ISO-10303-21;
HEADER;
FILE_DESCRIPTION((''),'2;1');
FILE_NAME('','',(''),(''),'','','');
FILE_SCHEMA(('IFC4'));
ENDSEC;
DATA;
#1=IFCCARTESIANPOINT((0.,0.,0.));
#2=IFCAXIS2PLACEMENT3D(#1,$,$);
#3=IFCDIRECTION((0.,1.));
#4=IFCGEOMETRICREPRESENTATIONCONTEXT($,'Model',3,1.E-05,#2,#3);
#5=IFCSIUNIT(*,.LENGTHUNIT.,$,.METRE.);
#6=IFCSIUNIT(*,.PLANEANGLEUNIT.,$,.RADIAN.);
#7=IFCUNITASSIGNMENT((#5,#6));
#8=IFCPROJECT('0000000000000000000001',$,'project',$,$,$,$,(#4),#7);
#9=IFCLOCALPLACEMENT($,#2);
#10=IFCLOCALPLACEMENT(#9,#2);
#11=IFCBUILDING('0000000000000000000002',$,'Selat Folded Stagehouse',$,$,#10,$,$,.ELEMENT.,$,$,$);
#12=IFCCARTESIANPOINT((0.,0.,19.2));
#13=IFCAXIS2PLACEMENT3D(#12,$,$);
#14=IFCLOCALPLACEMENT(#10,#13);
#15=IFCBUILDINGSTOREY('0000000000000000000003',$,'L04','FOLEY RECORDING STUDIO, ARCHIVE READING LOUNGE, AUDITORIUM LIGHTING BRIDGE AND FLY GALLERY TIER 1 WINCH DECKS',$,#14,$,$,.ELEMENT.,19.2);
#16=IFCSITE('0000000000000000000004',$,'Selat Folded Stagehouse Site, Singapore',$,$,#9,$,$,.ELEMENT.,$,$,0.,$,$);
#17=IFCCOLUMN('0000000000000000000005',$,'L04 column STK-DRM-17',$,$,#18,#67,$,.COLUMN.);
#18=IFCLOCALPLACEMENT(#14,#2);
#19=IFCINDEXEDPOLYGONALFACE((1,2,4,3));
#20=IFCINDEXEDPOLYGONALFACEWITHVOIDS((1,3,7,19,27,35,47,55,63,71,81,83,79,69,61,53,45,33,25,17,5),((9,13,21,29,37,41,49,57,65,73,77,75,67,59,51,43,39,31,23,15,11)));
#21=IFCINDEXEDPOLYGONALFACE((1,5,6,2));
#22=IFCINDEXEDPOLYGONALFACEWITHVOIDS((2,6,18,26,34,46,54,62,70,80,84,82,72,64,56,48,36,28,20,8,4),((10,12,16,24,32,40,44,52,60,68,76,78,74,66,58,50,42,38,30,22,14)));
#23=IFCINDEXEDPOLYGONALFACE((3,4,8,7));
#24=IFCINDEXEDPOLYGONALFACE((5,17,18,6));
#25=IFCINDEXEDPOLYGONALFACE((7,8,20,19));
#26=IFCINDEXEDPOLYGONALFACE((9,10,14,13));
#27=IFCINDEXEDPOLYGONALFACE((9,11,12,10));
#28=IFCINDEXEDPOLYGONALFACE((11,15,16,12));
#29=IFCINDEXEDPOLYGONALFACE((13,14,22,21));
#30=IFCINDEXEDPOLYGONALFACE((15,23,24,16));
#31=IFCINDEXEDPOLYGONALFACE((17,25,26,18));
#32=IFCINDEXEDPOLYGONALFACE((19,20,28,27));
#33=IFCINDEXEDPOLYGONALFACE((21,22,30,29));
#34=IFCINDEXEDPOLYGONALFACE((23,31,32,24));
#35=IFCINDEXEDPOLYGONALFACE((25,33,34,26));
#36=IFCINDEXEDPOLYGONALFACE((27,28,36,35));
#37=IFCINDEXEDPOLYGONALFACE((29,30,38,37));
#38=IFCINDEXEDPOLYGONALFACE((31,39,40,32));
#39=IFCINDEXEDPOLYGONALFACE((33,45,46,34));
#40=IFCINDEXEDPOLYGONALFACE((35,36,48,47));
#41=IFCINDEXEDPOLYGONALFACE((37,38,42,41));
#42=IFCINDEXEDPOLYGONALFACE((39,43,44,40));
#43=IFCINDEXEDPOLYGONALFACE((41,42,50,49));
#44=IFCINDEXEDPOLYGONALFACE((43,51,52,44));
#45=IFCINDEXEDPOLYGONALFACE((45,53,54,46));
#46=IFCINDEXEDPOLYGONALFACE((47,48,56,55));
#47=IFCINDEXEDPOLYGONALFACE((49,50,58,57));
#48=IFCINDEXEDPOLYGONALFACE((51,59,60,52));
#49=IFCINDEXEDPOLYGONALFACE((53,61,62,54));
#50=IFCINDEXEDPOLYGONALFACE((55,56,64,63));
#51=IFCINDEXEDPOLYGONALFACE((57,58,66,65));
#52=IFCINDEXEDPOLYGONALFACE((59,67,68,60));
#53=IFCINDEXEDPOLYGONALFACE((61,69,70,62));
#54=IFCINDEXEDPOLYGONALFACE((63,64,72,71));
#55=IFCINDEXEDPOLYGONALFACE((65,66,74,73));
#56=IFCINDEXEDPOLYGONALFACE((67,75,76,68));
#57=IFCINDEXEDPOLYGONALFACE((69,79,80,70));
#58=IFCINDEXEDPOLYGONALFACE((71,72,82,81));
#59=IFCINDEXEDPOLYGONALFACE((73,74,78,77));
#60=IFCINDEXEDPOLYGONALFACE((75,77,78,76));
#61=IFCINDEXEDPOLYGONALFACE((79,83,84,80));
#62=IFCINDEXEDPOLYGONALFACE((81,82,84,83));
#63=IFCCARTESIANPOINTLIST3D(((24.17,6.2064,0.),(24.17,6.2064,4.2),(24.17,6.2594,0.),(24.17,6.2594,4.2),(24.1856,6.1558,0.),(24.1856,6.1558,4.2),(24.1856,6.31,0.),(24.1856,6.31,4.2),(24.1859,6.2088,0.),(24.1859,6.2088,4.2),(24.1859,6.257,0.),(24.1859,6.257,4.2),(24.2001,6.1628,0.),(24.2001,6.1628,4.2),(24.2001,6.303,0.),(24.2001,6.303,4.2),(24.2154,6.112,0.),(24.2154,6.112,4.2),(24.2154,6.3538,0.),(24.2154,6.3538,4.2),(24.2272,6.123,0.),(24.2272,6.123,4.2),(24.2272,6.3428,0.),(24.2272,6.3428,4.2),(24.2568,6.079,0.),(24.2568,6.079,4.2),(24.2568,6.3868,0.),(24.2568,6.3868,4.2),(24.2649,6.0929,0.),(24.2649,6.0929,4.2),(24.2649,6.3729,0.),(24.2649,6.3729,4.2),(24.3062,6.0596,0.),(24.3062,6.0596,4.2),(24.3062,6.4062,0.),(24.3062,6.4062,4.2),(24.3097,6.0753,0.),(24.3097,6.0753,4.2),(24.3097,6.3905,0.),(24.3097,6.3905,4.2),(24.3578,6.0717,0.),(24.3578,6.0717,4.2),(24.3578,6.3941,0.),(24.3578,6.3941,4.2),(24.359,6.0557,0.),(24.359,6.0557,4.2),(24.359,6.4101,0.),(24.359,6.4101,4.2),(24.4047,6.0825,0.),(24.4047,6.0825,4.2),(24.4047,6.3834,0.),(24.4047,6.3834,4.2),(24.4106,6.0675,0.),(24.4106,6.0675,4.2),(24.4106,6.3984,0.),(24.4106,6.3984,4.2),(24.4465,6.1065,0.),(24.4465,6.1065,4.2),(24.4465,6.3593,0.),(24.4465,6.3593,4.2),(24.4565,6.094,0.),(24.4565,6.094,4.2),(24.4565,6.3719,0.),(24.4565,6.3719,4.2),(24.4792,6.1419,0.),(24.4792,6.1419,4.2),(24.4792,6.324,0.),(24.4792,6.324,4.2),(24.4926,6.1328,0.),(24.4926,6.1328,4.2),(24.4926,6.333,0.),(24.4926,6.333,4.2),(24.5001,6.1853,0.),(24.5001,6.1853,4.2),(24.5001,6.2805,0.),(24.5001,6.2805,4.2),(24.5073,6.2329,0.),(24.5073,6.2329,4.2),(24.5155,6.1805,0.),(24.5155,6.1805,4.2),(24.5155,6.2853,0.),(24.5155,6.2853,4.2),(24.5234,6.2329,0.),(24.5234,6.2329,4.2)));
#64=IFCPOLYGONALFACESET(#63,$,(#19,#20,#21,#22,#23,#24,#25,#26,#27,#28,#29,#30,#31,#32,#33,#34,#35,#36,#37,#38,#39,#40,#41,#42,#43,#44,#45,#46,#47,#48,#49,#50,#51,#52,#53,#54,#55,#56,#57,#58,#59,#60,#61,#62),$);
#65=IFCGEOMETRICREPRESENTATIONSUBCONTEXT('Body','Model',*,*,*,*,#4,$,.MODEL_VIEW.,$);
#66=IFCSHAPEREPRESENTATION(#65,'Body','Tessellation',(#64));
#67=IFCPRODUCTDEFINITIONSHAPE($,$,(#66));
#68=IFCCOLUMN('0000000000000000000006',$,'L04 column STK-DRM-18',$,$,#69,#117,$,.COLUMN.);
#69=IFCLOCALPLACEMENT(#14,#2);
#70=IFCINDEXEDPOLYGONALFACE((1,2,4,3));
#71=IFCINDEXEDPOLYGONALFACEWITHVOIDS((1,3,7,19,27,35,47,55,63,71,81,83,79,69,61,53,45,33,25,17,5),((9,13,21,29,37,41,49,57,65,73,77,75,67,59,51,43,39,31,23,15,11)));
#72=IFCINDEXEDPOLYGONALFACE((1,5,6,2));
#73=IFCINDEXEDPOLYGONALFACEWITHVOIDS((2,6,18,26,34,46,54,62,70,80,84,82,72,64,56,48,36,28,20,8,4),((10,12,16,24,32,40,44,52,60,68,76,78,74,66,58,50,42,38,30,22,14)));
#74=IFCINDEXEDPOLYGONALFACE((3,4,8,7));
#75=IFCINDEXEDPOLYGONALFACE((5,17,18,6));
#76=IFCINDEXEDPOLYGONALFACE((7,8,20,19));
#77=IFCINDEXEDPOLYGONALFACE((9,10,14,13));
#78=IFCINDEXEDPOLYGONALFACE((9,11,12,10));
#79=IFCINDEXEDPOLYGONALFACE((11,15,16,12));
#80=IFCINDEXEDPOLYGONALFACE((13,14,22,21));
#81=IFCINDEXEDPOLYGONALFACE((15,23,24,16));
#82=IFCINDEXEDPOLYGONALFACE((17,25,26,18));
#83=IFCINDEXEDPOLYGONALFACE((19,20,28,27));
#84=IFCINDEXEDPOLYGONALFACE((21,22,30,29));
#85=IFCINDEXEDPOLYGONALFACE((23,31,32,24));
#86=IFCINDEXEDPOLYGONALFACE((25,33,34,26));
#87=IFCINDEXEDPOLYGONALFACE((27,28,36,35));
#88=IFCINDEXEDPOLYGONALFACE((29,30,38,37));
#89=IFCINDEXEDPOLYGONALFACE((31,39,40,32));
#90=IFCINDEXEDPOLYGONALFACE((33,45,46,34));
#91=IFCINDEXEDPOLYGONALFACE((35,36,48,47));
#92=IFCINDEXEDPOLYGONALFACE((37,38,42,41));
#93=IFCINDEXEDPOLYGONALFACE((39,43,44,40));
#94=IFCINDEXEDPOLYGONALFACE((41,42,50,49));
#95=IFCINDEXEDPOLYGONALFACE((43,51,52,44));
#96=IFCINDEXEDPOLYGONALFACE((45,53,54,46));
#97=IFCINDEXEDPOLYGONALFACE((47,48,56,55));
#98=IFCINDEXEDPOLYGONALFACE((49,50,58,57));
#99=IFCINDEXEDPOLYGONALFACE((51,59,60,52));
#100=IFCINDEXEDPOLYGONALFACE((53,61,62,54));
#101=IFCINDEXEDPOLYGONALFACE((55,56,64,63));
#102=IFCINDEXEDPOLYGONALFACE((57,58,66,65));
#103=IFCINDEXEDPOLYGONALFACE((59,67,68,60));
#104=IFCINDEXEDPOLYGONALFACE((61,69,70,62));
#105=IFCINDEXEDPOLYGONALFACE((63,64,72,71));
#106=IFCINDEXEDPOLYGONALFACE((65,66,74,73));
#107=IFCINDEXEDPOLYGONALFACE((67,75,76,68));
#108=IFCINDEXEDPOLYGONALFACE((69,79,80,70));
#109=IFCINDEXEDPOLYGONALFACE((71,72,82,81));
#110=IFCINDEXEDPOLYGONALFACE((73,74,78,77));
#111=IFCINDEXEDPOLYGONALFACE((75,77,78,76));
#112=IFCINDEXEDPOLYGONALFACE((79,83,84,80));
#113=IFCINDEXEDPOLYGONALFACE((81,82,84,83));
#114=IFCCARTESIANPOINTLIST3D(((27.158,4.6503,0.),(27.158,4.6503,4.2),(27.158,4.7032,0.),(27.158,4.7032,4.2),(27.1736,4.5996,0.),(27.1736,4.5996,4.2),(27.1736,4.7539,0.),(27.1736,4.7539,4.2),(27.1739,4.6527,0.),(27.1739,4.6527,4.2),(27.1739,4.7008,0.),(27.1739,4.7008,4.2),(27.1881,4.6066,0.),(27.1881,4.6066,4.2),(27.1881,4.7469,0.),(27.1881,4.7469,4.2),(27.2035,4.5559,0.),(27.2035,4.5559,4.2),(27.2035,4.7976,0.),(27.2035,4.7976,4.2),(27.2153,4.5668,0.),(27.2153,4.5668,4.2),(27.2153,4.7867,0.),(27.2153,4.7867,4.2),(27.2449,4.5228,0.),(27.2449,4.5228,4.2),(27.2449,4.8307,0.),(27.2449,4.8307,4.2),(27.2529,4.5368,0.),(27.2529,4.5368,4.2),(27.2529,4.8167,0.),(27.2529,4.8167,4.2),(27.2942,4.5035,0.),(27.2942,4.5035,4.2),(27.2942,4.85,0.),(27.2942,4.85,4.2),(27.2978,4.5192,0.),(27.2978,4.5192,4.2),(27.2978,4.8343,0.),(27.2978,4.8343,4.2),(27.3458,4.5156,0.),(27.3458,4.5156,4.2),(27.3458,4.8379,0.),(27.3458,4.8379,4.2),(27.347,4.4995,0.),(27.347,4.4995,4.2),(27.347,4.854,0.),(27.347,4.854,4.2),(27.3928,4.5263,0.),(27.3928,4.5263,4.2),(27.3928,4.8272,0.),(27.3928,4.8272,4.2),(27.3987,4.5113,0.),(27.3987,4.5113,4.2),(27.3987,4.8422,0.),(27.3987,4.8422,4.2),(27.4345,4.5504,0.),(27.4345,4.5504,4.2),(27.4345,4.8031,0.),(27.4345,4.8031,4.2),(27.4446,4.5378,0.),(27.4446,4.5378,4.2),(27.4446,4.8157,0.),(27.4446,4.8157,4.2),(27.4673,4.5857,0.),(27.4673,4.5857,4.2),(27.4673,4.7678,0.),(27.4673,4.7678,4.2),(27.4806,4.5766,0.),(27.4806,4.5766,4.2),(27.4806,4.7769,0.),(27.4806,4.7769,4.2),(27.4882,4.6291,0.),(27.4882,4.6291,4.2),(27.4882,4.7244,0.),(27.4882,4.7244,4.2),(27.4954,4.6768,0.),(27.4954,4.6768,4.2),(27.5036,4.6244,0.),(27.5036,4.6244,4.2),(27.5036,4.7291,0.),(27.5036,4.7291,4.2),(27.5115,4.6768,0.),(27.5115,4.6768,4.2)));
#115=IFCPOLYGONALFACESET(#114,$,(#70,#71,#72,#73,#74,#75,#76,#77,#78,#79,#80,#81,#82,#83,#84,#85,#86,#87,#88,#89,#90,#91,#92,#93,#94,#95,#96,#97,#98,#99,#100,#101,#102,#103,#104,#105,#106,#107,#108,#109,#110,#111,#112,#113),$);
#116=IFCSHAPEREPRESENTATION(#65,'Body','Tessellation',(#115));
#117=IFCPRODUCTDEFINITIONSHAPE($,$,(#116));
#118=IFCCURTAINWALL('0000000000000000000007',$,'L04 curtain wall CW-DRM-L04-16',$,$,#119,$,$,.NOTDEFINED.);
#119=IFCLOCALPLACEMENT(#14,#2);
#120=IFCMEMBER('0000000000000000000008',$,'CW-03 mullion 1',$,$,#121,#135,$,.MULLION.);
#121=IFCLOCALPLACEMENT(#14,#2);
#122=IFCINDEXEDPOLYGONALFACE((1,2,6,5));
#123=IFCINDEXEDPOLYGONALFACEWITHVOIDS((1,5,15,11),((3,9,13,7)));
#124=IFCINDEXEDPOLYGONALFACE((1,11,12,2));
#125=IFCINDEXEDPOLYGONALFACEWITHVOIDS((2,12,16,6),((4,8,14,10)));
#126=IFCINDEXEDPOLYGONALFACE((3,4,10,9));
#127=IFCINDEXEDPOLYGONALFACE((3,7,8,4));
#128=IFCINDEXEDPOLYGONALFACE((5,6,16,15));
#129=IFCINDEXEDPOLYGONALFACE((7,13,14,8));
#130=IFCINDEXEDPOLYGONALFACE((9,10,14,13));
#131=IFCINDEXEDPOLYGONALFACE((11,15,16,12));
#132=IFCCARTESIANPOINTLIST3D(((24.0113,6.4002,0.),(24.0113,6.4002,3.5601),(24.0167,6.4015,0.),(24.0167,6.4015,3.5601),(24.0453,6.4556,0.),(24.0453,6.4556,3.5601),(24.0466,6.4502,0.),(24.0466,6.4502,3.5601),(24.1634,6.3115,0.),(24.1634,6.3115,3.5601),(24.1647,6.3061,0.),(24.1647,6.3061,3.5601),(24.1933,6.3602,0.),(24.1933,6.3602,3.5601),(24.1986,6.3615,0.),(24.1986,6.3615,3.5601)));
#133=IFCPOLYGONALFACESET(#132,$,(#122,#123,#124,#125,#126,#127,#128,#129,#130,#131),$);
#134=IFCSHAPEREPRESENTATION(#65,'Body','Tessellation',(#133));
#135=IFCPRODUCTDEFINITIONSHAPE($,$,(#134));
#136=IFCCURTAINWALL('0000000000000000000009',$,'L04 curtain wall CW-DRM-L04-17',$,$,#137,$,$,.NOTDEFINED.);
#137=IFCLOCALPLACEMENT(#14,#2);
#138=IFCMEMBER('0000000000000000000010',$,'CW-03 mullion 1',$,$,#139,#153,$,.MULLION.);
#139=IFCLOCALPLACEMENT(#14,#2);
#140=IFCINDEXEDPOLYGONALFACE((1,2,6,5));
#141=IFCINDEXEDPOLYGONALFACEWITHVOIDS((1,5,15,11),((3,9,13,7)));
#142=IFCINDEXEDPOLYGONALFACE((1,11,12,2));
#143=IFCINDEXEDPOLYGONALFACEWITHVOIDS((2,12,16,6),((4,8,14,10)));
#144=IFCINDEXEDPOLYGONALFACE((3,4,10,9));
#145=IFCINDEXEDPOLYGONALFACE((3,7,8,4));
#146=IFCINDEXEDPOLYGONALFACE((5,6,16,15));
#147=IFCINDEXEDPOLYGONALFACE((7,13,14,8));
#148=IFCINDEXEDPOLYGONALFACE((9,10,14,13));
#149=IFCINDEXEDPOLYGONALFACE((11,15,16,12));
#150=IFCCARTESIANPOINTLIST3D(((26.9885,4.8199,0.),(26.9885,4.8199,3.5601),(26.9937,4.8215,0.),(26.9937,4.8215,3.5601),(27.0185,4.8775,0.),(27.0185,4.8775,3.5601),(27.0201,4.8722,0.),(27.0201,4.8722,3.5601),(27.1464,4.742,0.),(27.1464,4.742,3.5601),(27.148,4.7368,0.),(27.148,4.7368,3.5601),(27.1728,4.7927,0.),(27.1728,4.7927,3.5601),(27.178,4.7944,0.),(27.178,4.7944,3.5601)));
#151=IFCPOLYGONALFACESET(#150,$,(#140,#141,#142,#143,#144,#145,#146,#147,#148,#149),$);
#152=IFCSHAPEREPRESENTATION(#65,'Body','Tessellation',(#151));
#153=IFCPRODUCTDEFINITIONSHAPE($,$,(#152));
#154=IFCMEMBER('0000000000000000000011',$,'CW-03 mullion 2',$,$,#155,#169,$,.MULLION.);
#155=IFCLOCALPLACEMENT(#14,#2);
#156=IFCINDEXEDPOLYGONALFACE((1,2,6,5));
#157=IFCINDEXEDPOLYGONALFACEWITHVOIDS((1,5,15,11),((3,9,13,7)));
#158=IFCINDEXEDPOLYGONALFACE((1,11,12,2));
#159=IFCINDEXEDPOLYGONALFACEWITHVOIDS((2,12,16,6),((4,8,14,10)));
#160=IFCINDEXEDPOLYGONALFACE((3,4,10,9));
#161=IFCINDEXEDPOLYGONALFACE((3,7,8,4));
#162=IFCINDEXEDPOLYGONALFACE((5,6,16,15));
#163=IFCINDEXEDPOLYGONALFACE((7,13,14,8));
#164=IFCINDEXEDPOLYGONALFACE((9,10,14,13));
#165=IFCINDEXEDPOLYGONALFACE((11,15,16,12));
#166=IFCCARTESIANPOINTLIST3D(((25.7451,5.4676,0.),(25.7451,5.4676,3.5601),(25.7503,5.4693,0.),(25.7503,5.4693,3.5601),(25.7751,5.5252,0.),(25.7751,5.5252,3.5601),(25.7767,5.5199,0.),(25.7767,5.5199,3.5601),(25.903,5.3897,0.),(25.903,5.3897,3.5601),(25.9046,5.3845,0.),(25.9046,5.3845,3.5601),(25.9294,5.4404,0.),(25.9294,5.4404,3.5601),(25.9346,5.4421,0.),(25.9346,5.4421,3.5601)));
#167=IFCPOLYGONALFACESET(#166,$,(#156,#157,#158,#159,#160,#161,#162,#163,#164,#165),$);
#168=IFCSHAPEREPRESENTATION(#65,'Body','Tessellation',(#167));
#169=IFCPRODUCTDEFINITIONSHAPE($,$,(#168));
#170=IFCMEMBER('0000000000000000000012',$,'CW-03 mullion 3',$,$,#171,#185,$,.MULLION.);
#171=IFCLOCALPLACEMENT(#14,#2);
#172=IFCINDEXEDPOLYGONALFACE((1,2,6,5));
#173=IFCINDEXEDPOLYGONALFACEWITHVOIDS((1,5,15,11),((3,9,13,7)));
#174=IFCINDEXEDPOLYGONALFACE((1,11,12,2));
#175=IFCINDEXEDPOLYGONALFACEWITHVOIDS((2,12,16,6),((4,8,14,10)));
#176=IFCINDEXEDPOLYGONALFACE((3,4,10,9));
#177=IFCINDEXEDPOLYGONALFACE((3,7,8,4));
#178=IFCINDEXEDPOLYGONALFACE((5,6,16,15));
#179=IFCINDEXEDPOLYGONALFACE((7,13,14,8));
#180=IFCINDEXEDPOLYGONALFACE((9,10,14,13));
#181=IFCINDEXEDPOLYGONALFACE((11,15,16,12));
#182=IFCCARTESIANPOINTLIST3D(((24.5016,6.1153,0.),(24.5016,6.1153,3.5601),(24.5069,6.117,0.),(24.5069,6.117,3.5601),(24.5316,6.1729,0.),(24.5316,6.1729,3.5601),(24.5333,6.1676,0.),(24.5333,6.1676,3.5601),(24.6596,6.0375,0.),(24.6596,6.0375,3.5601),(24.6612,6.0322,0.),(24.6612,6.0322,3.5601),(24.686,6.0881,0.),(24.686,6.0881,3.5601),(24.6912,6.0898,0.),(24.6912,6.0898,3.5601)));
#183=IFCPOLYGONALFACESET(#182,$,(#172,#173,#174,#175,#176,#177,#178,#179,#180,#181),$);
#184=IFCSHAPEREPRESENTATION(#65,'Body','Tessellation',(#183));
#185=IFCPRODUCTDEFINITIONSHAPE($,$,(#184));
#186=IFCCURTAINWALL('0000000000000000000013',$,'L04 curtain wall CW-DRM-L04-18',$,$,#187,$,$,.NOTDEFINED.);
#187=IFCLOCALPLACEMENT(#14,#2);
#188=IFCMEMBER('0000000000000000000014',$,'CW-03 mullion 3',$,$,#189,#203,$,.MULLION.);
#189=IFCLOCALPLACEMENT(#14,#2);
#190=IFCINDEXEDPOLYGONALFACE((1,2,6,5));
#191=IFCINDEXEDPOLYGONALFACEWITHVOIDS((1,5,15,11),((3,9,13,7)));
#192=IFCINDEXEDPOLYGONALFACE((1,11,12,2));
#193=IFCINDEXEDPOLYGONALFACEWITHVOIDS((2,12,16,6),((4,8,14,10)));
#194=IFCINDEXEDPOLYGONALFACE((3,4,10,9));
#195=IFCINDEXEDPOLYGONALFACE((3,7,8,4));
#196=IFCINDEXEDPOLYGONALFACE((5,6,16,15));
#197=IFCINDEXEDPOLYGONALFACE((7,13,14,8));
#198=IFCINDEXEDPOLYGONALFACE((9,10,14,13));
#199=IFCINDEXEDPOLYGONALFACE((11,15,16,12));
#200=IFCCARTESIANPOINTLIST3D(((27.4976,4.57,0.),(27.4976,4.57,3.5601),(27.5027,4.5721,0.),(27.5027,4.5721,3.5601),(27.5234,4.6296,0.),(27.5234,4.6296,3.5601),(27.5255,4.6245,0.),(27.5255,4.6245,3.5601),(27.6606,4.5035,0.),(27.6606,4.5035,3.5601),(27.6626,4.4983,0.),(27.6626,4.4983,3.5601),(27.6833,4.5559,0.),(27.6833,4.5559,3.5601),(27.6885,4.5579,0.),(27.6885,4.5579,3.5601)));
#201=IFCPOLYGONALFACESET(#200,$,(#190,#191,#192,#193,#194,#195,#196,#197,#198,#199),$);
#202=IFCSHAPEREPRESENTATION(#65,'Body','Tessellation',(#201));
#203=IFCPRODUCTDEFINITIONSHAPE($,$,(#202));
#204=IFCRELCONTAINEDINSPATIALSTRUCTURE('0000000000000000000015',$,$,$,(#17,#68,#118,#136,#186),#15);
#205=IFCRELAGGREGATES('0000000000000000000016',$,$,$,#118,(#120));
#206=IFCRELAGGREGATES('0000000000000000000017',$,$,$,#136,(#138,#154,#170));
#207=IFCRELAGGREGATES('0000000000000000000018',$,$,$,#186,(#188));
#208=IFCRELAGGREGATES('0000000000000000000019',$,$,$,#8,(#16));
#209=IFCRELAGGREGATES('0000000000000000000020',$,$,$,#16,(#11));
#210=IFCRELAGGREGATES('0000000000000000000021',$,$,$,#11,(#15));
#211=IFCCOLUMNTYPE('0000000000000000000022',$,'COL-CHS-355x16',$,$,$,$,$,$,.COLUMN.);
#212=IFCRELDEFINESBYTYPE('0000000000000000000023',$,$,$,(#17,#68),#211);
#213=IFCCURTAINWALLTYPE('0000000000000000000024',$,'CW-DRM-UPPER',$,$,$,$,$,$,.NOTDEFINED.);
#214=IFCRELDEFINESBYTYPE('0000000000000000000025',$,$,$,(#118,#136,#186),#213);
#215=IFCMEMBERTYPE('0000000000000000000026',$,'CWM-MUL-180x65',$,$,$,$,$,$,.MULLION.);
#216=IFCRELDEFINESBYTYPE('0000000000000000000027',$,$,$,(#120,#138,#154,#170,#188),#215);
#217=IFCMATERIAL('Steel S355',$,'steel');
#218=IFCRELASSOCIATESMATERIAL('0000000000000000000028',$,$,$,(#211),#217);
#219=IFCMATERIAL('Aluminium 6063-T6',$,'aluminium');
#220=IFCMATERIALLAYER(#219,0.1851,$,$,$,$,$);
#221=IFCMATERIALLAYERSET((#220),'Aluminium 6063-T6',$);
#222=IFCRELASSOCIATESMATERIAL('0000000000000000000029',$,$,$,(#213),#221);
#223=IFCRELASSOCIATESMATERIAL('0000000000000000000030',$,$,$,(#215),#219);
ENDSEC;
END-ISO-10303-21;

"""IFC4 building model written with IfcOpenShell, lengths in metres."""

from ifc_helpers import new_model, si_unit, direction, frame, origin, origin_2d, place, context, subcontext, project, spatial, hollow_rectangle, hollow_circle, extrude, material, layer, layer_set, material_profile, profile_set, type_object, element, aggregate, save


model = new_model("IFC4")

# Units and contexts
model_context = context("Model", 3, precision=1e-05, world=origin(), true_north=direction((0.0, 1.0)))
body_context = subcontext(model_context, "Body", "Model", "MODEL_VIEW")
ifc_project = project(units=[si_unit("LENGTHUNIT", "METRE"), si_unit("PLANEANGLEUNIT", "RADIAN")], contexts=[model_context])

# Site, building, storey
site_placement = place(None, origin())
site = spatial("IfcSite", under=ifc_project, at=site_placement, Name="Selat Folded Stagehouse Site, Singapore", CompositionType="ELEMENT", RefElevation=0.0)
building_placement = place(site_placement, origin())
building = spatial("IfcBuilding", under=site, at=building_placement, Name="Selat Folded Stagehouse", CompositionType="ELEMENT")
storey_placement = place(building_placement, frame((0.0, 0.0, 19.2)))
storey = spatial("IfcBuildingStorey", under=building, at=storey_placement, Name="L04", Description="FOLEY RECORDING STUDIO, ARCHIVE READING LOUNGE, AUDITORIUM LIGHTING BRIDGE AND FLY GALLERY TIER 1 WINCH DECKS", CompositionType="ELEMENT", Elevation=19.2)

# Columns
ifc_material_1 = material(Name="Steel S355", Category="steel")
ifc_material_profile_1 = material_profile(ifc_material_1, hollow_circle(Radius=0.1777, WallThickness=0.0161, at=origin_2d()), Name="CHS 355.6x16.0")
ifc_profile_set_1 = profile_set([ifc_material_profile_1], Name="Steel S355")
column_type = type_object("IfcColumnType", Name="COL-CHS-355x16", PredefinedType="COLUMN", material=ifc_profile_set_1)
for number, where, z_axis, x_axis, name in (
    (1, (24.3457, 6.2329, 0.0), (0.0, 0.0, 1.0), (1.0, 0.0, 0.0), "L04 column STK-DRM-17"),
    (2, (27.3337, 4.6768, 0.0), (0.0, 0.0, 1.0), (1.0, 0.0, 0.0), "L04 column STK-DRM-18"),
):
    element("IfcColumn", number, at=place(storey_placement, frame(where, z_axis=z_axis, x_axis=x_axis)), inside=storey, type_object=column_type, Name=name, PredefinedType="COLUMN", context=body_context, shape_type="SweptSolid", body=[
        extrude(hollow_circle(Radius=0.1777, WallThickness=0.0161, at=origin_2d()), origin(), (0.0, 0.0, 1.0), 4.2),
    ])

# Curtain wall, member
ifc_material_2 = material(Name="Aluminium 6063-T6", Category="aluminium")
ifc_layer_1 = layer(ifc_material_2, 0.1851)
ifc_layer_set_1 = layer_set([ifc_layer_1], Name="Aluminium 6063-T6")
curtain_wall_type = type_object("IfcCurtainWallType", Name="CW-DRM-UPPER", PredefinedType="NOTDEFINED", material=ifc_layer_set_1)
curtain_wall_1_placement = place(storey_placement, origin())
curtain_wall_1 = element("IfcCurtainWall", 3, at=curtain_wall_1_placement, inside=storey, type_object=curtain_wall_type, Name="L04 curtain wall CW-DRM-L04-16", PredefinedType="NOTDEFINED")
ifc_material_profile_2 = material_profile(ifc_material_2, hollow_rectangle(XDim=0.0649, YDim=0.1799, WallThickness=0.0039, at=origin_2d()), Name="ALU 180x65x4.0")
ifc_profile_set_2 = profile_set([ifc_material_profile_2], Name="Aluminium 6063-T6")
member_type_1 = type_object("IfcMemberType", Name="CWM-MUL-180x65", PredefinedType="MULLION", material=ifc_profile_set_2)
member_1_placement = place(storey_placement, frame((24.105, 6.3809, 0.0), z_axis=(0.0, 0.0, 1.0), x_axis=(-0.523025, -0.852317, 0.0)))
member_1 = element("IfcMember", 4, at=member_1_placement, type_object=member_type_1, Name="CW-03 mullion 1", PredefinedType="MULLION", context=body_context, shape_type="SweptSolid", body=[
    extrude(hollow_rectangle(XDim=0.0649, YDim=0.1799, WallThickness=0.0039, at=origin_2d()), origin(), (0.0, 0.0, 1.0), 3.5601),
])
aggregate(curtain_wall_1, [member_1])

# Curtain wall, members
curtain_wall_2_placement = place(storey_placement, origin())
curtain_wall_2 = element("IfcCurtainWall", 5, at=curtain_wall_2_placement, inside=storey, type_object=curtain_wall_type, Name="L04 curtain wall CW-DRM-L04-17", PredefinedType="NOTDEFINED")
member_2_placement = place(storey_placement, frame((27.0833, 4.8071, 0.0), z_axis=(0.0, 0.0, 1.0), x_axis=(-0.461931, -0.886916, 0.0)))
member_2 = element("IfcMember", 6, at=member_2_placement, type_object=member_type_1, Name="CW-03 mullion 1", PredefinedType="MULLION", context=body_context, shape_type="SweptSolid", body=[
    extrude(hollow_rectangle(XDim=0.0649, YDim=0.1799, WallThickness=0.0039, at=origin_2d()), origin(), (0.0, 0.0, 1.0), 3.5601),
])
member_3_placement = place(storey_placement, frame((25.8398, 5.4548, 0.0), z_axis=(0.0, 0.0, 1.0), x_axis=(-0.461931, -0.886916, 0.0)))
member_3 = element("IfcMember", 7, at=member_3_placement, type_object=member_type_1, Name="CW-03 mullion 2", PredefinedType="MULLION", context=body_context, shape_type="SweptSolid", body=[
    extrude(hollow_rectangle(XDim=0.0649, YDim=0.1799, WallThickness=0.0039, at=origin_2d()), origin(), (0.0, 0.0, 1.0), 3.5601),
])
member_4_placement = place(storey_placement, frame((24.5964, 6.1025, 0.0), z_axis=(0.0, 0.0, 1.0), x_axis=(-0.461931, -0.886916, 0.0)))
member_4 = element("IfcMember", 8, at=member_4_placement, type_object=member_type_1, Name="CW-03 mullion 3", PredefinedType="MULLION", context=body_context, shape_type="SweptSolid", body=[
    extrude(hollow_rectangle(XDim=0.0649, YDim=0.1799, WallThickness=0.0039, at=origin_2d()), origin(), (0.0, 0.0, 1.0), 3.5601),
])

# Curtain wall, member
curtain_wall_3_placement = place(storey_placement, origin())
curtain_wall_3 = element("IfcCurtainWall", 9, at=curtain_wall_3_placement, inside=storey, type_object=curtain_wall_type, Name="L04 curtain wall CW-DRM-L04-18", PredefinedType="NOTDEFINED")
member_5_placement = place(storey_placement, frame((27.593, 4.564, 0.0), z_axis=(0.0, 0.0, 1.0), x_axis=(-0.39858, -0.917134, 0.0)))
member_5 = element("IfcMember", 10, at=member_5_placement, type_object=member_type_1, Name="CW-03 mullion 3", PredefinedType="MULLION", context=body_context, shape_type="SweptSolid", body=[
    extrude(hollow_rectangle(XDim=0.0649, YDim=0.1799, WallThickness=0.0039, at=origin_2d()), origin(), (0.0, 0.0, 1.0), 3.5601),
])

aggregate(curtain_wall_2, [member_2, member_3, member_4])
aggregate(curtain_wall_3, [member_5])

save(model, "model.ifc")
